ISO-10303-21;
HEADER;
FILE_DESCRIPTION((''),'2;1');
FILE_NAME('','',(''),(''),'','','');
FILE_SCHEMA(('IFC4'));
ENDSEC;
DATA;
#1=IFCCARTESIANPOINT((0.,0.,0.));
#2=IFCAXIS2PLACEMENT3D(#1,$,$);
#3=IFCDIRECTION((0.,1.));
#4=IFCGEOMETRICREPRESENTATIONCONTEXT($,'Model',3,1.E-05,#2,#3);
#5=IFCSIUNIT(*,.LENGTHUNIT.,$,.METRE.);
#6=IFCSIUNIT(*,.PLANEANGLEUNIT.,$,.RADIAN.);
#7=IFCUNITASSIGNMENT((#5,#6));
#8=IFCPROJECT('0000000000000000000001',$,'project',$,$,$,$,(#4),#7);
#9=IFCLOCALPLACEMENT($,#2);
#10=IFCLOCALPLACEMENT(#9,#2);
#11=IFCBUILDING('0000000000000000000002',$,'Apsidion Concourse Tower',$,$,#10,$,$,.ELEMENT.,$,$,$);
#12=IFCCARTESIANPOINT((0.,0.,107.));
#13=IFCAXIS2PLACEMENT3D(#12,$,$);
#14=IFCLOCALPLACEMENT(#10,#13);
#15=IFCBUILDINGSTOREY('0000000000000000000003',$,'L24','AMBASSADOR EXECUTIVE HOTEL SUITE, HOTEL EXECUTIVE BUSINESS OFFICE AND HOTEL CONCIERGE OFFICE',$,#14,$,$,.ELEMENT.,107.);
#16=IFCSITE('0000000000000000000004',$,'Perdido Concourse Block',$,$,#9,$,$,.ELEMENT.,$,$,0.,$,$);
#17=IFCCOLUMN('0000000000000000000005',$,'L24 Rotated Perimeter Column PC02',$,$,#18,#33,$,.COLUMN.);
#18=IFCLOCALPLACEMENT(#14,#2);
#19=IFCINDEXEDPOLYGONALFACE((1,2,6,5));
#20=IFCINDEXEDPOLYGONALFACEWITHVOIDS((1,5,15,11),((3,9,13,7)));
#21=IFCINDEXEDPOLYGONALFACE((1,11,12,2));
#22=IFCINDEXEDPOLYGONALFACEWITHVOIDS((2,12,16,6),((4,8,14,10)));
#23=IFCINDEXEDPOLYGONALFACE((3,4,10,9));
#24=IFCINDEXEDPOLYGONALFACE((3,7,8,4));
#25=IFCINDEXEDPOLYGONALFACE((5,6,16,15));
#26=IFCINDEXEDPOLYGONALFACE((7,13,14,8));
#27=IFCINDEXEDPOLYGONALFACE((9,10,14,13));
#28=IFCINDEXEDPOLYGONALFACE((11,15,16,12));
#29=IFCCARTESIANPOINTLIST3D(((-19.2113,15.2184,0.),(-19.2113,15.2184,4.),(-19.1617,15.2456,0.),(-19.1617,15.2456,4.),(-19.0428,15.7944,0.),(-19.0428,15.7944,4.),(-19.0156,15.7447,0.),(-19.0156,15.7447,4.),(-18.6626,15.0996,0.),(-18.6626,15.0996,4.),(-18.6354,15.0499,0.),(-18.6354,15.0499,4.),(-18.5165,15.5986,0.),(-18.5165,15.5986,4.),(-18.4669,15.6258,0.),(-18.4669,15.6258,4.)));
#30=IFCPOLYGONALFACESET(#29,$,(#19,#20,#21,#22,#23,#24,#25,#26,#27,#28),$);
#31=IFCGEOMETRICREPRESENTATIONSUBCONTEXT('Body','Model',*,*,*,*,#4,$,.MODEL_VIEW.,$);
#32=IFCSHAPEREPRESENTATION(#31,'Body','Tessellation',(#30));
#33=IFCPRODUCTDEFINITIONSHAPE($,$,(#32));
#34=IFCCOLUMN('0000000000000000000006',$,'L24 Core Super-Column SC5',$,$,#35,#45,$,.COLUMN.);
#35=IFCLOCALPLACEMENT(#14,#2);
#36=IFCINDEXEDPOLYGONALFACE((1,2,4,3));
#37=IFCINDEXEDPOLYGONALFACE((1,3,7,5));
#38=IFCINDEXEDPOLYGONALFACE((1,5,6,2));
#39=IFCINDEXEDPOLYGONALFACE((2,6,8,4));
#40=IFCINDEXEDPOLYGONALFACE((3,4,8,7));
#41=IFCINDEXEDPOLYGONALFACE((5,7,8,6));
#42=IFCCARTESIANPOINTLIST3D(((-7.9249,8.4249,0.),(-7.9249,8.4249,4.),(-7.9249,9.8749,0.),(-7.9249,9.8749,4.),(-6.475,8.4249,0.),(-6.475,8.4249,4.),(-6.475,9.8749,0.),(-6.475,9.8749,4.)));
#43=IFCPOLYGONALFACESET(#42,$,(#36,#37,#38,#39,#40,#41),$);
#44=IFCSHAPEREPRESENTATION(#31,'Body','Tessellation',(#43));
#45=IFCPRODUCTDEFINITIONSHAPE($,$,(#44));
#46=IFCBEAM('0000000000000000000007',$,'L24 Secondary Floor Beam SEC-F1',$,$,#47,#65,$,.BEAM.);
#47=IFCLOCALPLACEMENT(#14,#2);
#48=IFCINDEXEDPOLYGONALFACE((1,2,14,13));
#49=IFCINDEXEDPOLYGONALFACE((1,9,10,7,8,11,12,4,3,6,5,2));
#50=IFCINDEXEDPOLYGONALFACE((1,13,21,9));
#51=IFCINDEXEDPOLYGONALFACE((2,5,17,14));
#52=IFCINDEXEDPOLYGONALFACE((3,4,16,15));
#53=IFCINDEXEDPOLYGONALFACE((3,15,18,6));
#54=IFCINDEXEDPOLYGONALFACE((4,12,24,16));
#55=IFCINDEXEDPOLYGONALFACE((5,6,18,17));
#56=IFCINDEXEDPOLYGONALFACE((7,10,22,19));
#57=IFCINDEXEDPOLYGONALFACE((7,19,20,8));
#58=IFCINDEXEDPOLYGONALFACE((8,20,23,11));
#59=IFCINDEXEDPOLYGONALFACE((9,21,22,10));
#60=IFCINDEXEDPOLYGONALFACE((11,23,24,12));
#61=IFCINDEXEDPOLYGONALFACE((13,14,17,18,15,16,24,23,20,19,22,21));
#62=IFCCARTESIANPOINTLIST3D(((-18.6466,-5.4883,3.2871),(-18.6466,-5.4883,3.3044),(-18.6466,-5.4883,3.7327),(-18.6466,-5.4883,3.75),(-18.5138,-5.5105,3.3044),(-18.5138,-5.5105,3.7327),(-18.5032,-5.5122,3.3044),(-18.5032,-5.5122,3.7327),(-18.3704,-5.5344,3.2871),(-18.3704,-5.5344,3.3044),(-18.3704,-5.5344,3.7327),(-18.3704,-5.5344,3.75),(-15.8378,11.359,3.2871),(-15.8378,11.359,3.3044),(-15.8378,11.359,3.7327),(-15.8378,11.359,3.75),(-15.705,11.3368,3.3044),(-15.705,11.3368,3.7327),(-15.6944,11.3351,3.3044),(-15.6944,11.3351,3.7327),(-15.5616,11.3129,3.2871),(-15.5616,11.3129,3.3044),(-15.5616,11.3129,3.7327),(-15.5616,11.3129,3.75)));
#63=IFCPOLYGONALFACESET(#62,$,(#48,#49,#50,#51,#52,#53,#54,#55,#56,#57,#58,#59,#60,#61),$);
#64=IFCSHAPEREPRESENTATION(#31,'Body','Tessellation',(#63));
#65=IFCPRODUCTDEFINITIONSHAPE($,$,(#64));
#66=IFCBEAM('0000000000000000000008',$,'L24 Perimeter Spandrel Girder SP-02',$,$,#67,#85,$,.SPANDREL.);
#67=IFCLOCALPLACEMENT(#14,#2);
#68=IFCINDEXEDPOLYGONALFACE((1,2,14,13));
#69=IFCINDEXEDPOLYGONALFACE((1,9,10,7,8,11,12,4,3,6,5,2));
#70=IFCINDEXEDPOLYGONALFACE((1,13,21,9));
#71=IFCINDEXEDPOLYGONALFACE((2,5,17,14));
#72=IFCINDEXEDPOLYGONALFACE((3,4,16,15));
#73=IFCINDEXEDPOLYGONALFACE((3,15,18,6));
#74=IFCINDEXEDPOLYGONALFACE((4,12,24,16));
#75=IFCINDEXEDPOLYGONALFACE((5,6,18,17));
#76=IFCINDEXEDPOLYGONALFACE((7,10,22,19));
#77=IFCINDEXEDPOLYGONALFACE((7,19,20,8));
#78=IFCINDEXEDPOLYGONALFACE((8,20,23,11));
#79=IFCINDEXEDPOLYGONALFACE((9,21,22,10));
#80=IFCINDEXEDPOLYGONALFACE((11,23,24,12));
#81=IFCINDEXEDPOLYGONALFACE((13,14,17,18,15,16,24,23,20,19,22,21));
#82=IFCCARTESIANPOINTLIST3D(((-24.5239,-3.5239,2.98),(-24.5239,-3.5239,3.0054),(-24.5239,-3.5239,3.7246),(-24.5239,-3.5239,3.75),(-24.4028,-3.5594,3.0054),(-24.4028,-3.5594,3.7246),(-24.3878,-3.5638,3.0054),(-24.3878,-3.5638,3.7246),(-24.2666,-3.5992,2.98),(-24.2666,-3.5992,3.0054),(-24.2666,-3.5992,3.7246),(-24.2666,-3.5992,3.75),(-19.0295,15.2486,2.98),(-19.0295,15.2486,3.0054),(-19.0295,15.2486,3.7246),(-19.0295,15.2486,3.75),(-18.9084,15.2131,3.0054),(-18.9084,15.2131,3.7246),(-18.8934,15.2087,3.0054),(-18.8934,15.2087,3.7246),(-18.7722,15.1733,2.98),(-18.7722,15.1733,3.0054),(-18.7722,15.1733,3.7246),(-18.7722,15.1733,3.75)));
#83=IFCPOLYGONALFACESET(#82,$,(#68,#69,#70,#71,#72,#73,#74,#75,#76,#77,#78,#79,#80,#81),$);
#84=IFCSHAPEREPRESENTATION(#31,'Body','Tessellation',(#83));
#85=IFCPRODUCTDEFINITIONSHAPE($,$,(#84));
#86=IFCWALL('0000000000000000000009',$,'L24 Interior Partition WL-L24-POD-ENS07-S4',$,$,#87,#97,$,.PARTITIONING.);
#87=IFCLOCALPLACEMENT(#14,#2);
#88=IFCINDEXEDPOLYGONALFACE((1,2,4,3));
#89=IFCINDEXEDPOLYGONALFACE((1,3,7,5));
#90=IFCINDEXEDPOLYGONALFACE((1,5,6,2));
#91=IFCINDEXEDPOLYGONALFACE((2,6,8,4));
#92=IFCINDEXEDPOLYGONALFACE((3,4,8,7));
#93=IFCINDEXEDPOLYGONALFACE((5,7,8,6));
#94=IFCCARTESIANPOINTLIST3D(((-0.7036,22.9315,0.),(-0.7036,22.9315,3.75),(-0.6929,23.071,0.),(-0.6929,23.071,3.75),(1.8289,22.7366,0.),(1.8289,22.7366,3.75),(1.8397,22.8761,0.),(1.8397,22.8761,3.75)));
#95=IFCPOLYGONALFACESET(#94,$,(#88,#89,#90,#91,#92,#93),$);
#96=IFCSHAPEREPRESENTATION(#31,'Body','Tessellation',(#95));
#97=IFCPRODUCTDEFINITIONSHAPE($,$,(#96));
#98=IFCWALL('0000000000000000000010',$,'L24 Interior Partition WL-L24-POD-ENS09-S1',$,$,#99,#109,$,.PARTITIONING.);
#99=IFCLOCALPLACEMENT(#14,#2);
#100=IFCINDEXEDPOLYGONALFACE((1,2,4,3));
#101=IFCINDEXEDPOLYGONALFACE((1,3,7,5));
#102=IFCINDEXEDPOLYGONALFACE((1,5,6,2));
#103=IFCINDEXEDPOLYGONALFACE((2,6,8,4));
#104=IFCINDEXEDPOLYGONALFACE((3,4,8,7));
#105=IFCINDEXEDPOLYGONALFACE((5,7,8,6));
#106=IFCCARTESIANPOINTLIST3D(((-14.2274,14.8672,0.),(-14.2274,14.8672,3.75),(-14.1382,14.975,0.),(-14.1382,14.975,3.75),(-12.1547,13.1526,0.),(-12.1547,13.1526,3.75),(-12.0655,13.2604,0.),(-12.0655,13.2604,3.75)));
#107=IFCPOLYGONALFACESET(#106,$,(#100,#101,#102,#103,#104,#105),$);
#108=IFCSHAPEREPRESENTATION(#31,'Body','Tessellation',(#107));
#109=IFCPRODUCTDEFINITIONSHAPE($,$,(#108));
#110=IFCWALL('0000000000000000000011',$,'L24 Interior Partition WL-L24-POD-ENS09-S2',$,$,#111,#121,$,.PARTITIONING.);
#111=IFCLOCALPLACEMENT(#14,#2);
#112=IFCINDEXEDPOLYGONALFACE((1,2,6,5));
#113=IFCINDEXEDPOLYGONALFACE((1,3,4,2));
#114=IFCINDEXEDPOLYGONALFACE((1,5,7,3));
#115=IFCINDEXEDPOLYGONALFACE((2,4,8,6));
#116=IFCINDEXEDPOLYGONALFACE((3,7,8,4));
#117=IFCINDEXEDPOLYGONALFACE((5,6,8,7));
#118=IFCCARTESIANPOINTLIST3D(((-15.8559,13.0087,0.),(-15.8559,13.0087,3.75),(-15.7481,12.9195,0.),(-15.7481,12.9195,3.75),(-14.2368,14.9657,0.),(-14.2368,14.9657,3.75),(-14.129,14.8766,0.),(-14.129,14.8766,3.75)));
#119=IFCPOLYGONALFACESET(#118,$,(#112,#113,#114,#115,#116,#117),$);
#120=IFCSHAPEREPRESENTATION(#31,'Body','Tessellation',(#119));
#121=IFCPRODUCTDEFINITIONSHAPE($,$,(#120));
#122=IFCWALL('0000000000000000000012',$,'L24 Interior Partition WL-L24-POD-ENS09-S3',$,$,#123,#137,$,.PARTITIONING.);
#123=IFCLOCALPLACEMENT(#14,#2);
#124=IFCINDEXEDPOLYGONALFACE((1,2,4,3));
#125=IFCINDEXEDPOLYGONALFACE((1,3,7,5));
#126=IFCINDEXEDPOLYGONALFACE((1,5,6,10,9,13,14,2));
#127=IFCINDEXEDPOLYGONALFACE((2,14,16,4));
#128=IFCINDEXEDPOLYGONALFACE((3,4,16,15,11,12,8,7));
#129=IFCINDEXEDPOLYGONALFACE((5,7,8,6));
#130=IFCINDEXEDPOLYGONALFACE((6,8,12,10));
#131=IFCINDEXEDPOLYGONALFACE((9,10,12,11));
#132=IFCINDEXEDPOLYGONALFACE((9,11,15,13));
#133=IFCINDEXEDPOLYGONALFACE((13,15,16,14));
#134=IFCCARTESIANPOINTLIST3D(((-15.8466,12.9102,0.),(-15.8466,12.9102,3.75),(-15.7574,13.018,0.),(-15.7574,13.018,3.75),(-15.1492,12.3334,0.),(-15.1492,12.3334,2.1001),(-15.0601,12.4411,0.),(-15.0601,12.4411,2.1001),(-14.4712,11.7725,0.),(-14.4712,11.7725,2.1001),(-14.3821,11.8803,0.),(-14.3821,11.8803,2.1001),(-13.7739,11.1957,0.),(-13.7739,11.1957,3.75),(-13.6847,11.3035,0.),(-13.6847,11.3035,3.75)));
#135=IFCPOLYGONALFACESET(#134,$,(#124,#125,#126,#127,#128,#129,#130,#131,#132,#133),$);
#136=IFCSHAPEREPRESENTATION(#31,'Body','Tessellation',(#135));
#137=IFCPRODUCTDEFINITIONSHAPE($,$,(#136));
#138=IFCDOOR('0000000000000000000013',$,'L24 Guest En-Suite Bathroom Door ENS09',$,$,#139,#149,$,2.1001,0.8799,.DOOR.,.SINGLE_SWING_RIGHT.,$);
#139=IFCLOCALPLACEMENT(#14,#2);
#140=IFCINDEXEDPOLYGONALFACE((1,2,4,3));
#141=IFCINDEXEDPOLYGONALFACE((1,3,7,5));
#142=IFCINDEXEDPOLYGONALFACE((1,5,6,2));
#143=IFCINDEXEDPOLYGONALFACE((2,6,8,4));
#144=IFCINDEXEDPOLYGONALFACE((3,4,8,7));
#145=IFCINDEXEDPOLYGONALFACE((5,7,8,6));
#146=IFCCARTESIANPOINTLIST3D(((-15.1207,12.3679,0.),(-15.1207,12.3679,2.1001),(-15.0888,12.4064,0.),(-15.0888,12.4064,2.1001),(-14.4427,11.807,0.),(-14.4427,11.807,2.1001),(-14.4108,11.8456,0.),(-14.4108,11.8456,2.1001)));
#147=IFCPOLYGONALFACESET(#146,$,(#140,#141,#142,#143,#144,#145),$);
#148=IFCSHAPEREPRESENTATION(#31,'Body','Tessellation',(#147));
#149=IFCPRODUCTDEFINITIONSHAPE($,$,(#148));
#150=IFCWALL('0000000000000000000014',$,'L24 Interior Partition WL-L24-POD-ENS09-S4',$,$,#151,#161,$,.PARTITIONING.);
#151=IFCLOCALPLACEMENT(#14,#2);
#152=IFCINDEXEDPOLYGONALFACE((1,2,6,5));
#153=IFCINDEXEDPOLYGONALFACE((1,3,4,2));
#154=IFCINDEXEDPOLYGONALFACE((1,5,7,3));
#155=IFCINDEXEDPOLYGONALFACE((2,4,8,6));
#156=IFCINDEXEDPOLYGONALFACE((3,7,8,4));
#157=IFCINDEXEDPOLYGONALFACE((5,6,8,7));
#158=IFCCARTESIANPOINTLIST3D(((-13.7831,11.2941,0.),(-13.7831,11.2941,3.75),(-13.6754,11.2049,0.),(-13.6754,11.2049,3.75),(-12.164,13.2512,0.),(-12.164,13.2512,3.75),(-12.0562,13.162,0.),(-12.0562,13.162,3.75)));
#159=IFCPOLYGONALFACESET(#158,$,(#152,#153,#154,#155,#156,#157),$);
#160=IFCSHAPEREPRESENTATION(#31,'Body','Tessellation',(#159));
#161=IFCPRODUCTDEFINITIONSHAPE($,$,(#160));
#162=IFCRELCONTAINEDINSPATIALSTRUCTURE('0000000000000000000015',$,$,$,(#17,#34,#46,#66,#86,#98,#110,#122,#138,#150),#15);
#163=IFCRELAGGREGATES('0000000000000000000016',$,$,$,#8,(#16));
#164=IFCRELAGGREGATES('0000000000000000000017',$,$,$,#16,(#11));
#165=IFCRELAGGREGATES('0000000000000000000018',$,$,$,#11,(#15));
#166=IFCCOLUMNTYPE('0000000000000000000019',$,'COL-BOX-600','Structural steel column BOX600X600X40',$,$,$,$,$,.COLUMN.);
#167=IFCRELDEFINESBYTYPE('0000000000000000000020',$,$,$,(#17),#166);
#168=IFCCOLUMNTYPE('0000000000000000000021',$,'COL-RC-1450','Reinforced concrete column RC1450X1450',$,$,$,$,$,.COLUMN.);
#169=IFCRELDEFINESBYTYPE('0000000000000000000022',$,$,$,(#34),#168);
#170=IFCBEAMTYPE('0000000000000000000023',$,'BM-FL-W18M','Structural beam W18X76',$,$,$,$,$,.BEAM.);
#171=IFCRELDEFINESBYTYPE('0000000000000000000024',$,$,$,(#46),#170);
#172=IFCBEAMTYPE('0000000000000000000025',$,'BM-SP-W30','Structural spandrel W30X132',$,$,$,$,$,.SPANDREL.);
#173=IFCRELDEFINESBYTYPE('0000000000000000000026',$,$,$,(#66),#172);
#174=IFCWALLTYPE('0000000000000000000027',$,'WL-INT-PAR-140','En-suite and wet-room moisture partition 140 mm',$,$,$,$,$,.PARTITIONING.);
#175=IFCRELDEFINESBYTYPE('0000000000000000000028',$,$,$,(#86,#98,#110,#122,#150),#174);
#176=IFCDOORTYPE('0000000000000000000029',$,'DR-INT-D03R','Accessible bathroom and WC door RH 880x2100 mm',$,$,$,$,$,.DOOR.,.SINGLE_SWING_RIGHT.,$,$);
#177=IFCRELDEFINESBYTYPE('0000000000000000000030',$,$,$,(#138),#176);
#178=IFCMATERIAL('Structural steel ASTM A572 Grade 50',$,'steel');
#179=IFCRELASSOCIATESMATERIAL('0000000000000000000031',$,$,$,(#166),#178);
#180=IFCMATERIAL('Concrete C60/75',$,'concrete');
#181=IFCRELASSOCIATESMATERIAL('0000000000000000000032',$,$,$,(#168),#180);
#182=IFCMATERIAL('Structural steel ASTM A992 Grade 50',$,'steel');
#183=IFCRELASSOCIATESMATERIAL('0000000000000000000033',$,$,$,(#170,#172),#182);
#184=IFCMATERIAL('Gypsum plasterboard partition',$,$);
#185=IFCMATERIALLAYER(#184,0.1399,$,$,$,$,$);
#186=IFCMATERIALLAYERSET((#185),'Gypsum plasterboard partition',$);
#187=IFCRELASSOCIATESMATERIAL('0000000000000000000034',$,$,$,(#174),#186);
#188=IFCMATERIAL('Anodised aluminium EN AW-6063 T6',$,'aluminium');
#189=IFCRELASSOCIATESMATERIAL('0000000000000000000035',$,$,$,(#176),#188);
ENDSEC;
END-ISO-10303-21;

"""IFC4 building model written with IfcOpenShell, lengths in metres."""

from ifc_helpers import new_model, si_unit, direction, frame, frame_2d, origin, origin_2d, place, context, subcontext, project, spatial, rectangle, hollow_rectangle, i_section, extrude, material, layer, layer_set, material_profile, profile_set, type_object, element, fill, save


model = new_model("IFC4")

# Units and contexts
model_context = context("Model", 3, precision=1e-05, world=origin(), true_north=direction((0.0, 1.0)))
body_context = subcontext(model_context, "Body", "Model", "MODEL_VIEW")
ifc_project = project(units=[si_unit("LENGTHUNIT", "METRE"), si_unit("PLANEANGLEUNIT", "RADIAN")], contexts=[model_context])

# Site, building, storey
site_placement = place(None, origin())
site = spatial("IfcSite", under=ifc_project, at=site_placement, Name="Perdido Concourse Block", CompositionType="ELEMENT", RefElevation=0.0)
building_placement = place(site_placement, origin())
building = spatial("IfcBuilding", under=site, at=building_placement, Name="Apsidion Concourse Tower", CompositionType="ELEMENT")
storey_placement = place(building_placement, frame((0.0, 0.0, 107.0)))
storey = spatial("IfcBuildingStorey", under=building, at=storey_placement, Name="L24", Description="AMBASSADOR EXECUTIVE HOTEL SUITE, HOTEL EXECUTIVE BUSINESS OFFICE AND HOTEL CONCIERGE OFFICE", CompositionType="ELEMENT", Elevation=107.0)

# Columns
ifc_material_1 = material(Name="Structural steel ASTM A572 Grade 50", Category="steel")
ifc_material_profile_1 = material_profile(ifc_material_1, hollow_rectangle(XDim=0.6001, YDim=0.6001, WallThickness=0.04, at=origin_2d()), Name="BOX600X600X40")
ifc_profile_set_1 = profile_set([ifc_material_profile_1], Name="Structural steel ASTM A572 Grade 50")
column_type_1 = type_object("IfcColumnType", Name="COL-BOX-600", Description="Structural steel column BOX600X600X40", PredefinedType="COLUMN", material=ifc_profile_set_1)
column_1_placement = place(storey_placement, frame((-18.8391, 15.4221, 0.0), z_axis=(0.0, 0.0, 1.0), x_axis=(0.280834, 0.959756, 0.0)))
element("IfcColumn", 1, at=column_1_placement, inside=storey, type_object=column_type_1, Name="L24 Rotated Perimeter Column PC02", PredefinedType="COLUMN", context=body_context, shape_type="SweptSolid", body=[
    extrude(hollow_rectangle(XDim=0.6001, YDim=0.6001, WallThickness=0.04, at=origin_2d()), origin(), (0.0, 0.0, 1.0), 4.0),
])
ifc_material_2 = material(Name="Concrete C60/75", Category="concrete")
ifc_material_profile_2 = material_profile(ifc_material_2, rectangle(XDim=1.45, YDim=1.45, at=origin_2d()), Name="RC 1450x1450")
ifc_profile_set_2 = profile_set([ifc_material_profile_2], Name="Concrete C60/75")
column_type_2 = type_object("IfcColumnType", Name="COL-RC-1450", Description="Reinforced concrete column RC1450X1450", PredefinedType="COLUMN", material=ifc_profile_set_2)
column_2_placement = place(storey_placement, frame((-7.2, 9.1499, 0.0), z_axis=(0.0, 0.0, 1.0), x_axis=(1.0, 0.0, 0.0)))
element("IfcColumn", 2, at=column_2_placement, inside=storey, type_object=column_type_2, Name="L24 Core Super-Column SC5", PredefinedType="COLUMN", context=body_context, shape_type="SweptSolid", body=[
    extrude(rectangle(XDim=1.45, YDim=1.45, at=origin_2d()), origin(), (0.0, 0.0, 1.0), 4.0),
])

# Beams
ifc_material_3 = material(Name="Structural steel ASTM A992 Grade 50", Category="steel")
ifc_material_profile_3 = material_profile(ifc_material_3, i_section(OverallWidth=0.28, OverallDepth=0.4629, WebThickness=0.0107, FlangeThickness=0.0173, at=origin_2d()), Name="W18X76")
ifc_profile_set_3 = profile_set([ifc_material_profile_3], Name="Structural steel ASTM A992 Grade 50")
beam_type_1 = type_object("IfcBeamType", Name="BM-FL-W18M", Description="Structural beam W18X76", PredefinedType="BEAM", material=ifc_profile_set_3)
beam_1_placement = place(storey_placement, frame((-15.6997, 11.3359, 3.5186), z_axis=(-0.164452, -0.986385, 0.0), x_axis=(0.986385, -0.164452, 0.0)))
element("IfcBeam", 3, at=beam_1_placement, inside=storey, type_object=beam_type_1, Name="L24 Secondary Floor Beam SEC-F1", PredefinedType="BEAM", context=body_context, shape_type="SweptSolid", body=[
    extrude(i_section(OverallWidth=0.28, OverallDepth=0.4629, WebThickness=0.0107, FlangeThickness=0.0173, at=origin_2d()), origin(), (0.0, 0.0, 1.0), 17.0798),
])
ifc_material_profile_4 = material_profile(ifc_material_3, i_section(OverallWidth=0.2681, OverallDepth=0.77, WebThickness=0.0156, FlangeThickness=0.0254, at=origin_2d()), Name="W30X132")
ifc_profile_set_4 = profile_set([ifc_material_profile_4], Name="Structural steel ASTM A992 Grade 50")
beam_type_2 = type_object("IfcBeamType", Name="BM-SP-W30", Description="Structural spandrel W30X132", PredefinedType="SPANDREL", material=ifc_profile_set_4)
beam_2_placement = place(storey_placement, frame((-18.9009, 15.2109, 3.365), z_axis=(-0.280899, -0.959737, 0.0), x_axis=(0.959737, -0.280899, 0.0)))
element("IfcBeam", 4, at=beam_2_placement, inside=storey, type_object=beam_type_2, Name="L24 Perimeter Spandrel Girder SP-02", PredefinedType="SPANDREL", context=body_context, shape_type="SweptSolid", body=[
    extrude(i_section(OverallWidth=0.2681, OverallDepth=0.77, WebThickness=0.0156, FlangeThickness=0.0254, at=origin_2d()), origin(), (0.0, 0.0, 1.0), 19.5601),
])

# Walls
ifc_material_4 = material(Name="Gypsum plasterboard partition")
ifc_layer_1 = layer(ifc_material_4, 0.1399)
ifc_layer_set_1 = layer_set([ifc_layer_1], Name="Gypsum plasterboard partition")
wall_type_1 = type_object("IfcWallType", Name="WL-INT-PAR-140", Description="En-suite and wet-room moisture partition 140 mm", PredefinedType="PARTITIONING", material=ifc_layer_set_1)
wall_1_placement = place(storey_placement, frame((-0.6982, 23.0012, 0.0), z_axis=(0.0, 0.0, 1.0), x_axis=(0.997054, -0.076704, 0.0)))
element("IfcWall", 5, at=wall_1_placement, inside=storey, type_object=wall_type_1, Name="L24 Interior Partition WL-L24-POD-ENS07-S4", PredefinedType="PARTITIONING", context=body_context, shape_type="SweptSolid", body=[
    extrude(rectangle(XDim=2.54, YDim=0.1399, at=frame_2d((1.27, 0.0))), origin(), (0.0, 0.0, 1.0), 3.75),
])
wall_2_placement = place(storey_placement, frame((-12.1101, 13.2065, 0.0), z_axis=(0.0, 0.0, 1.0), x_axis=(-0.770537, 0.637395, 0.0)))
element("IfcWall", 6, at=wall_2_placement, inside=storey, type_object=wall_type_1, Name="L24 Interior Partition WL-L24-POD-ENS09-S1", PredefinedType="PARTITIONING", context=body_context, shape_type="SweptSolid", body=[
    extrude(rectangle(XDim=2.6899, YDim=0.1399, at=frame_2d((1.345, 0.0))), origin(), (0.0, 0.0, 1.0), 3.75),
])
wall_3_placement = place(storey_placement, frame((-14.1829, 14.9211, 0.0), z_axis=(0.0, 0.0, 1.0), x_axis=(-0.637458, -0.770485, 0.0)))
element("IfcWall", 7, at=wall_3_placement, inside=storey, type_object=wall_type_1, Name="L24 Interior Partition WL-L24-POD-ENS09-S2", PredefinedType="PARTITIONING", context=body_context, shape_type="SweptSolid", body=[
    extrude(rectangle(XDim=2.54, YDim=0.1399, at=frame_2d((1.27, 0.0))), origin(), (0.0, 0.0, 1.0), 3.75),
])

# Wall, opening, door
wall_4_placement = place(storey_placement, frame((-15.802, 12.9641, 0.0), z_axis=(0.0, 0.0, 1.0), x_axis=(0.770537, -0.637395, 0.0)))
wall_4 = element("IfcWall", 8, at=wall_4_placement, inside=storey, type_object=wall_type_1, Name="L24 Interior Partition WL-L24-POD-ENS09-S3", PredefinedType="PARTITIONING", context=body_context, shape_type="SweptSolid", body=[
    extrude(rectangle(XDim=2.6899, YDim=0.1399, at=frame_2d((1.345, 0.0))), origin(), (0.0, 0.0, 1.0), 3.75),
])
opening_1_placement = place(wall_4_placement, frame((0.905, 0.0, 0.0)))
opening_1 = element("IfcOpeningElement", 9, at=opening_1_placement, cuts=wall_4, PredefinedType="OPENING", context=body_context, shape_type="SweptSolid", body=[
    extrude(rectangle(XDim=0.8799, YDim=2.1001, at=frame_2d((0.4399, 1.05))), frame((0.0, 0.0801, 0.0), z_axis=(0.0, -1.0, 0.0), x_axis=(1.0, 0.0, 0.0)), (0.0, 0.0, 1.0), 0.1599),
])
ifc_material_5 = material(Name="Anodised aluminium EN AW-6063 T6", Category="aluminium")
door_type_1 = type_object("IfcDoorType", Name="DR-INT-D03R", Description="Accessible bathroom and WC door RH 880x2100 mm", OperationType="SINGLE_SWING_RIGHT", PredefinedType="DOOR", material=ifc_material_5)
door_1_placement = place(opening_1_placement, origin())
door_1 = element("IfcDoor", 10, at=door_1_placement, inside=storey, type_object=door_type_1, Name="L24 Guest En-Suite Bathroom Door ENS09", OperationType="SINGLE_SWING_RIGHT", OverallHeight=2.1001, OverallWidth=0.8799, PredefinedType="DOOR", context=body_context, shape_type="SweptSolid", body=[
    extrude(rectangle(XDim=0.8799, YDim=2.1001, at=frame_2d((0.4399, 1.05))), frame((0.0, 0.0249, 0.0), z_axis=(0.0, -1.0, 0.0), x_axis=(1.0, 0.0, 0.0)), (0.0, 0.0, 1.0), 0.05),
])
fill(opening_1, door_1)

# Wall
wall_5_placement = place(storey_placement, frame((-13.7292, 11.2495, 0.0), z_axis=(0.0, 0.0, 1.0), x_axis=(0.637458, 0.770485, 0.0)))
element("IfcWall", 11, at=wall_5_placement, inside=storey, type_object=wall_type_1, Name="L24 Interior Partition WL-L24-POD-ENS09-S4", PredefinedType="PARTITIONING", context=body_context, shape_type="SweptSolid", body=[
    extrude(rectangle(XDim=2.54, YDim=0.1399, at=frame_2d((1.27, 0.0))), origin(), (0.0, 0.0, 1.0), 3.75),
])

save(model, "model.ifc")
